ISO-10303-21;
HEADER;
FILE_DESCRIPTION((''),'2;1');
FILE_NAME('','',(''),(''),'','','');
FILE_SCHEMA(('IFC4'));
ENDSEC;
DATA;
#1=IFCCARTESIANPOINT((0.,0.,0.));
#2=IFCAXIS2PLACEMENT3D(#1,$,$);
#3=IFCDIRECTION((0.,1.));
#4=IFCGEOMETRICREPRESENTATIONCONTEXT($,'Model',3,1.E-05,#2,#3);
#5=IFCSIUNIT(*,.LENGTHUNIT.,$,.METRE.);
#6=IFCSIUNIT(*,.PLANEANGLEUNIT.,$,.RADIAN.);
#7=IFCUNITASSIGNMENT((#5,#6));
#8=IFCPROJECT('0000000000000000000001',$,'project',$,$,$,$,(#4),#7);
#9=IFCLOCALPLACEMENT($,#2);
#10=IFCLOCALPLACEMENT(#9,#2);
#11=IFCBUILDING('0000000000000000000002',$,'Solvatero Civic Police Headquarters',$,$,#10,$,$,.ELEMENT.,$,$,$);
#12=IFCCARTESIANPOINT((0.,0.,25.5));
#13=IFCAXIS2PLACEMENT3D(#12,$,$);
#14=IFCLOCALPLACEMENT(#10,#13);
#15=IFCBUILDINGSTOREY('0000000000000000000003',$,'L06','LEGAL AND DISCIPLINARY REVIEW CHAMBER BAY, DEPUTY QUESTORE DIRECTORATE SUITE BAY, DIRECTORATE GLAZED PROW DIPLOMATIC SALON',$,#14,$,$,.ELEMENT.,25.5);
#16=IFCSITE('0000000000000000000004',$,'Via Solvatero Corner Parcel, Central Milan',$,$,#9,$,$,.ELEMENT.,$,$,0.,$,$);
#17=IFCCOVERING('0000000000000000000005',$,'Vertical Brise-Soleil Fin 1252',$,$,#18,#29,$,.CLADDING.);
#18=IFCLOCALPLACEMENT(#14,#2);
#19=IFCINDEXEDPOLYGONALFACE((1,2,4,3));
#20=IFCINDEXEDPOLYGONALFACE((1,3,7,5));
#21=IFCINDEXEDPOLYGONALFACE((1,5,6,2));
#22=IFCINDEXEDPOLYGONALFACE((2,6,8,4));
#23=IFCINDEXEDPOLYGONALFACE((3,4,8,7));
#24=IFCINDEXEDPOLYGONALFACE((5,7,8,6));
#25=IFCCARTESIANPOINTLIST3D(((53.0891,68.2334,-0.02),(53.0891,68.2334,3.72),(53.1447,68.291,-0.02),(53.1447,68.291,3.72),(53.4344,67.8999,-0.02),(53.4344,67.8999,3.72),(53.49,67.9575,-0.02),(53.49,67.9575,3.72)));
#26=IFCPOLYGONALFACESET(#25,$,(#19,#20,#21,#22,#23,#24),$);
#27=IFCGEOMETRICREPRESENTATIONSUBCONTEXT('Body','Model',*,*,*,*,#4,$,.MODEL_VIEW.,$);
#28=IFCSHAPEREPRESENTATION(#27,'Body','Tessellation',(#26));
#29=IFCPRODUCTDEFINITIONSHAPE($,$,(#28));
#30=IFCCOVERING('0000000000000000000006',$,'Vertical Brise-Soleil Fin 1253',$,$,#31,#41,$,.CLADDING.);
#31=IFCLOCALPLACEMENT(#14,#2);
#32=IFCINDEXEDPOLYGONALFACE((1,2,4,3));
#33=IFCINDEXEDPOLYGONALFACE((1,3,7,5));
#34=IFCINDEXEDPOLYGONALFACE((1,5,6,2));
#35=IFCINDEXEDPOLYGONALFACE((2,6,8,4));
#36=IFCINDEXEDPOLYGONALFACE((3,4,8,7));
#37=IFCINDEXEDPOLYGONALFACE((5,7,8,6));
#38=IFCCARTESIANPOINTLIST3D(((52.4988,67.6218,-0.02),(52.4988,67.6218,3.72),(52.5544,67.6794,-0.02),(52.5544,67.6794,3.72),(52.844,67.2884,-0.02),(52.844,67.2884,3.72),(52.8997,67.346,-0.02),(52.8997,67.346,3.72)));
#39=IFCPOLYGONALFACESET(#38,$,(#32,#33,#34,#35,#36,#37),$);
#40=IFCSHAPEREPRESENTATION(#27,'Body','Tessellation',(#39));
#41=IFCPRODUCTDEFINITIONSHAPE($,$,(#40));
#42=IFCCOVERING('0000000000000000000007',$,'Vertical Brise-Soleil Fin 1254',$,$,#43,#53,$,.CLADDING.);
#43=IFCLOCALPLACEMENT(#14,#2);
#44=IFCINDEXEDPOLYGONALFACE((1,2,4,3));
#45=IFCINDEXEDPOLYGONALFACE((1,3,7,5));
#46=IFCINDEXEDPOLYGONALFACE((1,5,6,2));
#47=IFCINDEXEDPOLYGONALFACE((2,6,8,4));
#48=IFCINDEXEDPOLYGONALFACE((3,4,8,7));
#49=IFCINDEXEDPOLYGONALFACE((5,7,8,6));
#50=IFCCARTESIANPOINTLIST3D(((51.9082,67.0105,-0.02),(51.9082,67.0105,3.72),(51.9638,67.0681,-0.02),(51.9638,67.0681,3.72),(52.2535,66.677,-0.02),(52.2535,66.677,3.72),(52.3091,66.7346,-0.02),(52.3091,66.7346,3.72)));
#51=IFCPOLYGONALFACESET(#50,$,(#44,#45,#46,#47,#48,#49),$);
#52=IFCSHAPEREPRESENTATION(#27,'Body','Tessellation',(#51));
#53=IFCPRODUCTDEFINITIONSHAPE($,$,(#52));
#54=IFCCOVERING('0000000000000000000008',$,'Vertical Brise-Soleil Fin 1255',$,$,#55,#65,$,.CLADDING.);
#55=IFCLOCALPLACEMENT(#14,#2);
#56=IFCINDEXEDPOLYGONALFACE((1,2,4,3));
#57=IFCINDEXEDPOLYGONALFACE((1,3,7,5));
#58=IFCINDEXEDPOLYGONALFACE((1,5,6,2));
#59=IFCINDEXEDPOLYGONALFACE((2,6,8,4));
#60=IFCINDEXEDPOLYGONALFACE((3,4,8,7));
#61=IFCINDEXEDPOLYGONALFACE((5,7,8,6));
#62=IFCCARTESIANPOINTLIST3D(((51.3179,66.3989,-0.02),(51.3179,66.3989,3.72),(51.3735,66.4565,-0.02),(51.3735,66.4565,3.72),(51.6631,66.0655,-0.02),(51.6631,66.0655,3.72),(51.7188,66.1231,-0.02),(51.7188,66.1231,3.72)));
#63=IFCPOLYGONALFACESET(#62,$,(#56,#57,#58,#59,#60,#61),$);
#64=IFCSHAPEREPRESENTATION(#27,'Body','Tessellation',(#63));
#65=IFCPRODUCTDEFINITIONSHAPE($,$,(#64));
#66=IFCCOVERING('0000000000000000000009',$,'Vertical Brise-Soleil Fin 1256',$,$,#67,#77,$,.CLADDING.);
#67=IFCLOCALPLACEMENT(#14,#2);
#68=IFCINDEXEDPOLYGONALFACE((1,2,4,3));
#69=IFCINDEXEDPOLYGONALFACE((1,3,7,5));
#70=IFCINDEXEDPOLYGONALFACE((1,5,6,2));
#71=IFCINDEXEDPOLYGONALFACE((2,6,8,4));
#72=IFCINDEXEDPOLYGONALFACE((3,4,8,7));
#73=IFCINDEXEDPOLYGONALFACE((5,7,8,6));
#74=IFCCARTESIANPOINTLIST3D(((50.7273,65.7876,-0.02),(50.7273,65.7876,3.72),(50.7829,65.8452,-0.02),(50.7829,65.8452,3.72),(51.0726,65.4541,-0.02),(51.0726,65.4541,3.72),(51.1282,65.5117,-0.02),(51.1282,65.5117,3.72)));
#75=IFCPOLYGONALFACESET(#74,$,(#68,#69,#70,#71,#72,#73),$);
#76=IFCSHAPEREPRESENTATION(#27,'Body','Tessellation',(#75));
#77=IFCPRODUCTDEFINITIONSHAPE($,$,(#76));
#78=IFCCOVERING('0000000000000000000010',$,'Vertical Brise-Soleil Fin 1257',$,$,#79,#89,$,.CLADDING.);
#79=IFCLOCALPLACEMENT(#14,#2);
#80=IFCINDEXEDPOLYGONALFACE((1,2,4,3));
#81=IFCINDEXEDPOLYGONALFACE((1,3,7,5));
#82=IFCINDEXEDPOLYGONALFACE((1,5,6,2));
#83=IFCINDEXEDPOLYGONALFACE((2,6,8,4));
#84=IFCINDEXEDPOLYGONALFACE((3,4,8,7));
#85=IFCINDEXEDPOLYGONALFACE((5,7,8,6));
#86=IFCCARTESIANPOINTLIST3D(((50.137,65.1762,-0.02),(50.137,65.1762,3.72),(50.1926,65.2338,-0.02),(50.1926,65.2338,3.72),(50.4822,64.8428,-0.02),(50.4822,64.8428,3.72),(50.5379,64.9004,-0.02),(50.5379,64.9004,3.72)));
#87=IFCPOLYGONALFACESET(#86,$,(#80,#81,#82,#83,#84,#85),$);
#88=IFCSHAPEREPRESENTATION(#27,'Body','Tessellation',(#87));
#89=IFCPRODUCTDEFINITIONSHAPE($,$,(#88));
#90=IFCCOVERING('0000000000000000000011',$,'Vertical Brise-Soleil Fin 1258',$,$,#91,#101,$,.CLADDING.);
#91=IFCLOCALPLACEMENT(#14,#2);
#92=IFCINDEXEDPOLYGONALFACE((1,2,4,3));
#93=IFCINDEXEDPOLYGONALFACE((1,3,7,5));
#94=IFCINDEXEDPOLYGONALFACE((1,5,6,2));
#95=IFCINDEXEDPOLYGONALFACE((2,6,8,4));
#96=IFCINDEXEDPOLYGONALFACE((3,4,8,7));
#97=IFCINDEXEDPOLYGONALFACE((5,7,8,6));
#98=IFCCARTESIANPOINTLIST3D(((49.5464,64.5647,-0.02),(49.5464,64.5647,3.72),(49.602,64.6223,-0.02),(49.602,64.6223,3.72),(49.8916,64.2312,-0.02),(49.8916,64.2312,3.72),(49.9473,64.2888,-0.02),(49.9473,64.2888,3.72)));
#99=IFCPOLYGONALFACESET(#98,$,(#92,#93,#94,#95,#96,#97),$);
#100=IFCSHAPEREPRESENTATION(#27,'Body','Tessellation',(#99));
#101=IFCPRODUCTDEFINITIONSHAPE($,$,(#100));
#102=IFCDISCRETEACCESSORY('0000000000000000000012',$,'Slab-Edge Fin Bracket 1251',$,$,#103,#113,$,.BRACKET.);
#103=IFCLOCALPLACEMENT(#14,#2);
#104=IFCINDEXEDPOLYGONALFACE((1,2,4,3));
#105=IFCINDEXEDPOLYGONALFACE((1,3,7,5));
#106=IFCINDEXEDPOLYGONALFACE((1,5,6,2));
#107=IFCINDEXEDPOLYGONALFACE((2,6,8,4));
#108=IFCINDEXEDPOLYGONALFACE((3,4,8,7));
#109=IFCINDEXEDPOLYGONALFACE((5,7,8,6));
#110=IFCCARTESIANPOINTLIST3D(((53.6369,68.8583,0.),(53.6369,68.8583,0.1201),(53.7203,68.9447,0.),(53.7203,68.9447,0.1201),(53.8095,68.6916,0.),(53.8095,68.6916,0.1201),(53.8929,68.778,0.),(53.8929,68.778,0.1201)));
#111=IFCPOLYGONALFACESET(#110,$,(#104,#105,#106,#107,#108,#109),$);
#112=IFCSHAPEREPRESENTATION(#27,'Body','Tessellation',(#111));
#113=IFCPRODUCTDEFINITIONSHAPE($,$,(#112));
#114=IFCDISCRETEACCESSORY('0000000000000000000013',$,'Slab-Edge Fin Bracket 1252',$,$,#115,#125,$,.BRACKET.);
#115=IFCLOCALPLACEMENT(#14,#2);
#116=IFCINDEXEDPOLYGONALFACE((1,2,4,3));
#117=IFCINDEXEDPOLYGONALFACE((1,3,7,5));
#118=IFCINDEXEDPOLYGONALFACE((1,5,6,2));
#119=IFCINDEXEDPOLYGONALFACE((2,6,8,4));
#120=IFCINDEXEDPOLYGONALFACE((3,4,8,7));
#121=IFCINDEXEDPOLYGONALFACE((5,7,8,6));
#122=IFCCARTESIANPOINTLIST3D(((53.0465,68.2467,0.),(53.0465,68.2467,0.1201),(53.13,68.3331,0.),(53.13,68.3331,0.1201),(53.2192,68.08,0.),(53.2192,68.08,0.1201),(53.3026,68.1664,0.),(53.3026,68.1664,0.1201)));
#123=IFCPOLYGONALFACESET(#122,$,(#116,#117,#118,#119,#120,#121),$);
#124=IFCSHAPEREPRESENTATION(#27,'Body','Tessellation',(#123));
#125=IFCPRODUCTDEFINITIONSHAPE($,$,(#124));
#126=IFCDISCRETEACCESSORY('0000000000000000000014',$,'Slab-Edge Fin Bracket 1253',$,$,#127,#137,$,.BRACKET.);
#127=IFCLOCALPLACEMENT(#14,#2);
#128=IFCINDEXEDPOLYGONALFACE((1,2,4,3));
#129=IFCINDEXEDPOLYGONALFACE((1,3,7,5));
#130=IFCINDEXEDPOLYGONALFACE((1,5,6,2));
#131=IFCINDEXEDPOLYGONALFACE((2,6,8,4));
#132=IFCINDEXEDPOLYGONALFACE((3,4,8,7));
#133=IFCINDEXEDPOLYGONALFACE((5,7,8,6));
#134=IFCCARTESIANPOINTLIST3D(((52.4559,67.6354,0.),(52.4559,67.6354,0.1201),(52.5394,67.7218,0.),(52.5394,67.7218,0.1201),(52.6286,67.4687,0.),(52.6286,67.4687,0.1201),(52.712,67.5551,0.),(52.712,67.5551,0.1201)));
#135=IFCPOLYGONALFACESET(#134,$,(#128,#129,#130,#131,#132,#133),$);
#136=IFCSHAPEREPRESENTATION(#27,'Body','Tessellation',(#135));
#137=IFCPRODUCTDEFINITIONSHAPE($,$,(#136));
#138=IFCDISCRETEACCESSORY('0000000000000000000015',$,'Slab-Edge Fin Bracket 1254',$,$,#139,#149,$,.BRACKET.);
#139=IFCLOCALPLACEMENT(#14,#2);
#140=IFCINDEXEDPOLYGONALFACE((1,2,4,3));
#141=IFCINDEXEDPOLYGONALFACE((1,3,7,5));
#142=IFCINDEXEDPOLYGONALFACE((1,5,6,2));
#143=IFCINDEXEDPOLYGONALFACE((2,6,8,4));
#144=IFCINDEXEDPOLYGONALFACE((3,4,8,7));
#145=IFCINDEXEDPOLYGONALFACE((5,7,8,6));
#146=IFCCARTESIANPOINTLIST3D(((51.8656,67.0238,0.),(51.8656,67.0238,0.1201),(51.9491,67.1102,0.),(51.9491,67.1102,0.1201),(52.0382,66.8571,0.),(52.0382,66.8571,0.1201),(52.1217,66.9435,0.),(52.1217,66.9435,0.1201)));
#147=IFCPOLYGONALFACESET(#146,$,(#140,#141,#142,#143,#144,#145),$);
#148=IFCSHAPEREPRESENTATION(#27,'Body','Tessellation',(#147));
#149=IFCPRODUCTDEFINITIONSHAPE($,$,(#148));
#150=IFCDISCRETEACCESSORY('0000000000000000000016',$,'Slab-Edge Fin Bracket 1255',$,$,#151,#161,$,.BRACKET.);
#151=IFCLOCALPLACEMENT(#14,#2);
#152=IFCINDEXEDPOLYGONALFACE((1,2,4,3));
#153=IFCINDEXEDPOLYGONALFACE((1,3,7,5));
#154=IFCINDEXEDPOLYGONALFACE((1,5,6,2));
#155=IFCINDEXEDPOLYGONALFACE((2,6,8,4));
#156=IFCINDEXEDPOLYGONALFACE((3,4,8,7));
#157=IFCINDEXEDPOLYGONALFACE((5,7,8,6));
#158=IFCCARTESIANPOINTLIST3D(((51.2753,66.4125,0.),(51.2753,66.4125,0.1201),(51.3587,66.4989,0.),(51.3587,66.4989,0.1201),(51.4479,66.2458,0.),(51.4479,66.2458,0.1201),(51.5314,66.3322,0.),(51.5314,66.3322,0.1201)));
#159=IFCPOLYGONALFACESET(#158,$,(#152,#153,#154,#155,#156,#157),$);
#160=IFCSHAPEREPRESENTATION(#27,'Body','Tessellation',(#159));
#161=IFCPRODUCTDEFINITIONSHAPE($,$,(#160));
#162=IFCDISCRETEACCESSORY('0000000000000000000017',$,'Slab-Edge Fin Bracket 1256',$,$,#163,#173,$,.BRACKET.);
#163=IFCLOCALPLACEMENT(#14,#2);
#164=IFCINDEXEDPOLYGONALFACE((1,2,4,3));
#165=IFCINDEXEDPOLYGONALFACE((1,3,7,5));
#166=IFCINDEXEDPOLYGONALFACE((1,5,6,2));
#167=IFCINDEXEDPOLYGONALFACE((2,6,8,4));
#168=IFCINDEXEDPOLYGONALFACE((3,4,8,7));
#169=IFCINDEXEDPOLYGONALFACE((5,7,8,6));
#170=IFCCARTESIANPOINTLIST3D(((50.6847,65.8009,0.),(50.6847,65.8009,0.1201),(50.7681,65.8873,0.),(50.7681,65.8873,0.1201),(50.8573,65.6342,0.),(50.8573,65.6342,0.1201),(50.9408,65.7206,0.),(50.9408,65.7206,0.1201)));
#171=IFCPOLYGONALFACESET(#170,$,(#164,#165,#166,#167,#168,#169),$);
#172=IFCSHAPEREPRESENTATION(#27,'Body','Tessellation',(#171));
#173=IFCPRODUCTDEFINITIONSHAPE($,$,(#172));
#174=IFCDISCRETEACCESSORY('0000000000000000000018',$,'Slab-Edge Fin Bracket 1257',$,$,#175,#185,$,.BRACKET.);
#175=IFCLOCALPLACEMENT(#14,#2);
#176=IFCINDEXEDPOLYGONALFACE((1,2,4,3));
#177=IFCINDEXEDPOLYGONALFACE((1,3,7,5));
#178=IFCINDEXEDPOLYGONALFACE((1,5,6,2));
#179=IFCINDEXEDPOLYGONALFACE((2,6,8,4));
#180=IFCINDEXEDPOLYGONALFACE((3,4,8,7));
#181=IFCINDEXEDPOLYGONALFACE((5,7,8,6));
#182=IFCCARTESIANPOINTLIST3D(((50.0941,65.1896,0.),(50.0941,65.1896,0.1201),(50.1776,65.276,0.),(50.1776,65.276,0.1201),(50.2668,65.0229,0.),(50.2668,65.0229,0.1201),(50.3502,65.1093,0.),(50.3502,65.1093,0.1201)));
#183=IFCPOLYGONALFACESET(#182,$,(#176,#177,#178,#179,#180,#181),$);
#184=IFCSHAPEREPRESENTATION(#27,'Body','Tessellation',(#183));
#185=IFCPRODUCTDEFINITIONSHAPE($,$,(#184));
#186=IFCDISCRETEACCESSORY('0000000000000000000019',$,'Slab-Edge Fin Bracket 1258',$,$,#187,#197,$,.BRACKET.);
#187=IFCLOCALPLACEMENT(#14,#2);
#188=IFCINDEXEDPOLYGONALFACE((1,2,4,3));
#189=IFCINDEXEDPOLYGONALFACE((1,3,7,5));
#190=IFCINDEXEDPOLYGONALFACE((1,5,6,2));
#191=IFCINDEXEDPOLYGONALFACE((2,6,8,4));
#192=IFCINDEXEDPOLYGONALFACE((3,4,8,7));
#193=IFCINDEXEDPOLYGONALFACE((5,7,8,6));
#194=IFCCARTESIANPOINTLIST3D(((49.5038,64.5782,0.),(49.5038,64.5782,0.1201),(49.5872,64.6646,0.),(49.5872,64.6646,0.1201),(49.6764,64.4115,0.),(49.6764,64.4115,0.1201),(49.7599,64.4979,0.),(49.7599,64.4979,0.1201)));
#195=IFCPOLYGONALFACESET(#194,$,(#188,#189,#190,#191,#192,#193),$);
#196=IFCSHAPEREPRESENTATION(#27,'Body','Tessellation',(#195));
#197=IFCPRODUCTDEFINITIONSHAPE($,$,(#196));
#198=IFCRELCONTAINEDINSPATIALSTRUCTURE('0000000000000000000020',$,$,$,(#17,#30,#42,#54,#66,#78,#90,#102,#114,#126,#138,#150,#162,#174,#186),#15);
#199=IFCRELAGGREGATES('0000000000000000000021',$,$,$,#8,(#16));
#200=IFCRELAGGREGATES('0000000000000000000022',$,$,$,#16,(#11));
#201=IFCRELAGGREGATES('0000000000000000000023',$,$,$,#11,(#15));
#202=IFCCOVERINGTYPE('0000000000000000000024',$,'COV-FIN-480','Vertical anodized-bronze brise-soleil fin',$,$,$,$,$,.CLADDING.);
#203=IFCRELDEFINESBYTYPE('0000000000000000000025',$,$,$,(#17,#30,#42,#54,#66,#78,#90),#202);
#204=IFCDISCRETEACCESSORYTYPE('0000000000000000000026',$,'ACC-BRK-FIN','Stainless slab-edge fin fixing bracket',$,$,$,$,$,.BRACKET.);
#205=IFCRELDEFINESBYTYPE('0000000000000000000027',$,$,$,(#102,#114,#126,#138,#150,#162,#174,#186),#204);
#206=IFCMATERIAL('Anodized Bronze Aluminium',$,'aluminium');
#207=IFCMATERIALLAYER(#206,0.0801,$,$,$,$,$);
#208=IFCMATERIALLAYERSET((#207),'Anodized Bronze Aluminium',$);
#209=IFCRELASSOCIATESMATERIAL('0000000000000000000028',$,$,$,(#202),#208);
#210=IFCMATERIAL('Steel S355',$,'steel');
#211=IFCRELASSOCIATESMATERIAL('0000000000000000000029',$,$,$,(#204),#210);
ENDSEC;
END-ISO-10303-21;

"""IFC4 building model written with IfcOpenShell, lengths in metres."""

from ifc_helpers import new_model, si_unit, direction, frame, origin, origin_2d, place, context, subcontext, project, spatial, rectangle, extrude, material, layer, layer_set, type_object, element, save


model = new_model("IFC4")

# Units and contexts
model_context = context("Model", 3, precision=1e-05, world=origin(), true_north=direction((0.0, 1.0)))
body_context = subcontext(model_context, "Body", "Model", "MODEL_VIEW")
ifc_project = project(units=[si_unit("LENGTHUNIT", "METRE"), si_unit("PLANEANGLEUNIT", "RADIAN")], contexts=[model_context])

# Site, building, storey
site_placement = place(None, origin())
site = spatial("IfcSite", under=ifc_project, at=site_placement, Name="Via Solvatero Corner Parcel, Central Milan", CompositionType="ELEMENT", RefElevation=0.0)
building_placement = place(site_placement, origin())
building = spatial("IfcBuilding", under=site, at=building_placement, Name="Solvatero Civic Police Headquarters", CompositionType="ELEMENT")
storey_placement = place(building_placement, frame((0.0, 0.0, 25.5)))
storey = spatial("IfcBuildingStorey", under=building, at=storey_placement, Name="L06", Description="LEGAL AND DISCIPLINARY REVIEW CHAMBER BAY, DEPUTY QUESTORE DIRECTORATE SUITE BAY, DIRECTORATE GLAZED PROW DIPLOMATIC SALON", CompositionType="ELEMENT", Elevation=25.5)

# Shared definitions
ifc_material_1 = material(Name="Anodized Bronze Aluminium", Category="aluminium")

# Coverings
ifc_layer_1 = layer(ifc_material_1, 0.0801)
ifc_layer_set_1 = layer_set([ifc_layer_1], Name="Anodized Bronze Aluminium")
covering_type = type_object("IfcCoveringType", Name="COV-FIN-480", Description="Vertical anodized-bronze brise-soleil fin", PredefinedType="CLADDING", material=ifc_layer_set_1)
for number, where, z_axis, x_axis, name in (
    (1, (53.2896, 68.0955, -0.02), (0.0, 0.0, 1.0), (-0.694658, -0.71934, 0.0), "Vertical Brise-Soleil Fin 1252"),
    (2, (52.6992, 67.4839, -0.02), (0.0, 0.0, 1.0), (-0.694658, -0.71934, 0.0), "Vertical Brise-Soleil Fin 1253"),
    (3, (52.1086, 66.8726, -0.02), (0.0, 0.0, 1.0), (-0.694658, -0.71934, 0.0), "Vertical Brise-Soleil Fin 1254"),
    (4, (51.5183, 66.261, -0.02), (0.0, 0.0, 1.0), (-0.694658, -0.71934, 0.0), "Vertical Brise-Soleil Fin 1255"),
    (5, (50.9277, 65.6497, -0.02), (0.0, 0.0, 1.0), (-0.694658, -0.71934, 0.0), "Vertical Brise-Soleil Fin 1256"),
    (6, (50.3374, 65.0383, -0.02), (0.0, 0.0, 1.0), (-0.694658, -0.71934, 0.0), "Vertical Brise-Soleil Fin 1257"),
    (7, (49.7468, 64.4268, -0.02), (0.0, 0.0, 1.0), (-0.694658, -0.71934, 0.0), "Vertical Brise-Soleil Fin 1258"),
):
    element("IfcCovering", number, at=place(storey_placement, frame(where, z_axis=z_axis, x_axis=x_axis)), inside=storey, type_object=covering_type, Name=name, PredefinedType="CLADDING", context=body_context, shape_type="SweptSolid", body=[
        extrude(rectangle(XDim=0.0801, YDim=0.48, at=origin_2d()), origin(), (0.0, 0.0, 1.0), 3.74),
    ])

# Discrete accessories
ifc_material_2 = material(Name="Steel S355", Category="steel")
discrete_accessory_type = type_object("IfcDiscreteAccessoryType", Name="ACC-BRK-FIN", Description="Stainless slab-edge fin fixing bracket", PredefinedType="BRACKET", material=ifc_material_2)
for number, where, z_axis, x_axis, name in (
    (8, (53.7649, 68.8181, 0.0), (0.0, 0.0, 1.0), (-0.694658, -0.71934, 0.0), "Slab-Edge Fin Bracket 1251"),
    (9, (53.1746, 68.2065, 0.0), (0.0, 0.0, 1.0), (-0.694658, -0.71934, 0.0), "Slab-Edge Fin Bracket 1252"),
    (10, (52.584, 67.5952, 0.0), (0.0, 0.0, 1.0), (-0.694658, -0.71934, 0.0), "Slab-Edge Fin Bracket 1253"),
    (11, (51.9937, 66.9836, 0.0), (0.0, 0.0, 1.0), (-0.694658, -0.71934, 0.0), "Slab-Edge Fin Bracket 1254"),
    (12, (51.4033, 66.3723, 0.0), (0.0, 0.0, 1.0), (-0.694658, -0.71934, 0.0), "Slab-Edge Fin Bracket 1255"),
    (13, (50.8127, 65.7607, 0.0), (0.0, 0.0, 1.0), (-0.694658, -0.71934, 0.0), "Slab-Edge Fin Bracket 1256"),
    (14, (50.2222, 65.1494, 0.0), (0.0, 0.0, 1.0), (-0.694658, -0.71934, 0.0), "Slab-Edge Fin Bracket 1257"),
    (15, (49.6318, 64.5381, 0.0), (0.0, 0.0, 1.0), (-0.694658, -0.71934, 0.0), "Slab-Edge Fin Bracket 1258"),
):
    element("IfcDiscreteAccessory", number, at=place(storey_placement, frame(where, z_axis=z_axis, x_axis=x_axis)), inside=storey, type_object=discrete_accessory_type, Name=name, PredefinedType="BRACKET", context=body_context, shape_type="SweptSolid", body=[
        extrude(rectangle(XDim=0.1201, YDim=0.24, at=origin_2d()), origin(), (0.0, 0.0, 1.0), 0.1201),
    ])

save(model, "model.ifc")
